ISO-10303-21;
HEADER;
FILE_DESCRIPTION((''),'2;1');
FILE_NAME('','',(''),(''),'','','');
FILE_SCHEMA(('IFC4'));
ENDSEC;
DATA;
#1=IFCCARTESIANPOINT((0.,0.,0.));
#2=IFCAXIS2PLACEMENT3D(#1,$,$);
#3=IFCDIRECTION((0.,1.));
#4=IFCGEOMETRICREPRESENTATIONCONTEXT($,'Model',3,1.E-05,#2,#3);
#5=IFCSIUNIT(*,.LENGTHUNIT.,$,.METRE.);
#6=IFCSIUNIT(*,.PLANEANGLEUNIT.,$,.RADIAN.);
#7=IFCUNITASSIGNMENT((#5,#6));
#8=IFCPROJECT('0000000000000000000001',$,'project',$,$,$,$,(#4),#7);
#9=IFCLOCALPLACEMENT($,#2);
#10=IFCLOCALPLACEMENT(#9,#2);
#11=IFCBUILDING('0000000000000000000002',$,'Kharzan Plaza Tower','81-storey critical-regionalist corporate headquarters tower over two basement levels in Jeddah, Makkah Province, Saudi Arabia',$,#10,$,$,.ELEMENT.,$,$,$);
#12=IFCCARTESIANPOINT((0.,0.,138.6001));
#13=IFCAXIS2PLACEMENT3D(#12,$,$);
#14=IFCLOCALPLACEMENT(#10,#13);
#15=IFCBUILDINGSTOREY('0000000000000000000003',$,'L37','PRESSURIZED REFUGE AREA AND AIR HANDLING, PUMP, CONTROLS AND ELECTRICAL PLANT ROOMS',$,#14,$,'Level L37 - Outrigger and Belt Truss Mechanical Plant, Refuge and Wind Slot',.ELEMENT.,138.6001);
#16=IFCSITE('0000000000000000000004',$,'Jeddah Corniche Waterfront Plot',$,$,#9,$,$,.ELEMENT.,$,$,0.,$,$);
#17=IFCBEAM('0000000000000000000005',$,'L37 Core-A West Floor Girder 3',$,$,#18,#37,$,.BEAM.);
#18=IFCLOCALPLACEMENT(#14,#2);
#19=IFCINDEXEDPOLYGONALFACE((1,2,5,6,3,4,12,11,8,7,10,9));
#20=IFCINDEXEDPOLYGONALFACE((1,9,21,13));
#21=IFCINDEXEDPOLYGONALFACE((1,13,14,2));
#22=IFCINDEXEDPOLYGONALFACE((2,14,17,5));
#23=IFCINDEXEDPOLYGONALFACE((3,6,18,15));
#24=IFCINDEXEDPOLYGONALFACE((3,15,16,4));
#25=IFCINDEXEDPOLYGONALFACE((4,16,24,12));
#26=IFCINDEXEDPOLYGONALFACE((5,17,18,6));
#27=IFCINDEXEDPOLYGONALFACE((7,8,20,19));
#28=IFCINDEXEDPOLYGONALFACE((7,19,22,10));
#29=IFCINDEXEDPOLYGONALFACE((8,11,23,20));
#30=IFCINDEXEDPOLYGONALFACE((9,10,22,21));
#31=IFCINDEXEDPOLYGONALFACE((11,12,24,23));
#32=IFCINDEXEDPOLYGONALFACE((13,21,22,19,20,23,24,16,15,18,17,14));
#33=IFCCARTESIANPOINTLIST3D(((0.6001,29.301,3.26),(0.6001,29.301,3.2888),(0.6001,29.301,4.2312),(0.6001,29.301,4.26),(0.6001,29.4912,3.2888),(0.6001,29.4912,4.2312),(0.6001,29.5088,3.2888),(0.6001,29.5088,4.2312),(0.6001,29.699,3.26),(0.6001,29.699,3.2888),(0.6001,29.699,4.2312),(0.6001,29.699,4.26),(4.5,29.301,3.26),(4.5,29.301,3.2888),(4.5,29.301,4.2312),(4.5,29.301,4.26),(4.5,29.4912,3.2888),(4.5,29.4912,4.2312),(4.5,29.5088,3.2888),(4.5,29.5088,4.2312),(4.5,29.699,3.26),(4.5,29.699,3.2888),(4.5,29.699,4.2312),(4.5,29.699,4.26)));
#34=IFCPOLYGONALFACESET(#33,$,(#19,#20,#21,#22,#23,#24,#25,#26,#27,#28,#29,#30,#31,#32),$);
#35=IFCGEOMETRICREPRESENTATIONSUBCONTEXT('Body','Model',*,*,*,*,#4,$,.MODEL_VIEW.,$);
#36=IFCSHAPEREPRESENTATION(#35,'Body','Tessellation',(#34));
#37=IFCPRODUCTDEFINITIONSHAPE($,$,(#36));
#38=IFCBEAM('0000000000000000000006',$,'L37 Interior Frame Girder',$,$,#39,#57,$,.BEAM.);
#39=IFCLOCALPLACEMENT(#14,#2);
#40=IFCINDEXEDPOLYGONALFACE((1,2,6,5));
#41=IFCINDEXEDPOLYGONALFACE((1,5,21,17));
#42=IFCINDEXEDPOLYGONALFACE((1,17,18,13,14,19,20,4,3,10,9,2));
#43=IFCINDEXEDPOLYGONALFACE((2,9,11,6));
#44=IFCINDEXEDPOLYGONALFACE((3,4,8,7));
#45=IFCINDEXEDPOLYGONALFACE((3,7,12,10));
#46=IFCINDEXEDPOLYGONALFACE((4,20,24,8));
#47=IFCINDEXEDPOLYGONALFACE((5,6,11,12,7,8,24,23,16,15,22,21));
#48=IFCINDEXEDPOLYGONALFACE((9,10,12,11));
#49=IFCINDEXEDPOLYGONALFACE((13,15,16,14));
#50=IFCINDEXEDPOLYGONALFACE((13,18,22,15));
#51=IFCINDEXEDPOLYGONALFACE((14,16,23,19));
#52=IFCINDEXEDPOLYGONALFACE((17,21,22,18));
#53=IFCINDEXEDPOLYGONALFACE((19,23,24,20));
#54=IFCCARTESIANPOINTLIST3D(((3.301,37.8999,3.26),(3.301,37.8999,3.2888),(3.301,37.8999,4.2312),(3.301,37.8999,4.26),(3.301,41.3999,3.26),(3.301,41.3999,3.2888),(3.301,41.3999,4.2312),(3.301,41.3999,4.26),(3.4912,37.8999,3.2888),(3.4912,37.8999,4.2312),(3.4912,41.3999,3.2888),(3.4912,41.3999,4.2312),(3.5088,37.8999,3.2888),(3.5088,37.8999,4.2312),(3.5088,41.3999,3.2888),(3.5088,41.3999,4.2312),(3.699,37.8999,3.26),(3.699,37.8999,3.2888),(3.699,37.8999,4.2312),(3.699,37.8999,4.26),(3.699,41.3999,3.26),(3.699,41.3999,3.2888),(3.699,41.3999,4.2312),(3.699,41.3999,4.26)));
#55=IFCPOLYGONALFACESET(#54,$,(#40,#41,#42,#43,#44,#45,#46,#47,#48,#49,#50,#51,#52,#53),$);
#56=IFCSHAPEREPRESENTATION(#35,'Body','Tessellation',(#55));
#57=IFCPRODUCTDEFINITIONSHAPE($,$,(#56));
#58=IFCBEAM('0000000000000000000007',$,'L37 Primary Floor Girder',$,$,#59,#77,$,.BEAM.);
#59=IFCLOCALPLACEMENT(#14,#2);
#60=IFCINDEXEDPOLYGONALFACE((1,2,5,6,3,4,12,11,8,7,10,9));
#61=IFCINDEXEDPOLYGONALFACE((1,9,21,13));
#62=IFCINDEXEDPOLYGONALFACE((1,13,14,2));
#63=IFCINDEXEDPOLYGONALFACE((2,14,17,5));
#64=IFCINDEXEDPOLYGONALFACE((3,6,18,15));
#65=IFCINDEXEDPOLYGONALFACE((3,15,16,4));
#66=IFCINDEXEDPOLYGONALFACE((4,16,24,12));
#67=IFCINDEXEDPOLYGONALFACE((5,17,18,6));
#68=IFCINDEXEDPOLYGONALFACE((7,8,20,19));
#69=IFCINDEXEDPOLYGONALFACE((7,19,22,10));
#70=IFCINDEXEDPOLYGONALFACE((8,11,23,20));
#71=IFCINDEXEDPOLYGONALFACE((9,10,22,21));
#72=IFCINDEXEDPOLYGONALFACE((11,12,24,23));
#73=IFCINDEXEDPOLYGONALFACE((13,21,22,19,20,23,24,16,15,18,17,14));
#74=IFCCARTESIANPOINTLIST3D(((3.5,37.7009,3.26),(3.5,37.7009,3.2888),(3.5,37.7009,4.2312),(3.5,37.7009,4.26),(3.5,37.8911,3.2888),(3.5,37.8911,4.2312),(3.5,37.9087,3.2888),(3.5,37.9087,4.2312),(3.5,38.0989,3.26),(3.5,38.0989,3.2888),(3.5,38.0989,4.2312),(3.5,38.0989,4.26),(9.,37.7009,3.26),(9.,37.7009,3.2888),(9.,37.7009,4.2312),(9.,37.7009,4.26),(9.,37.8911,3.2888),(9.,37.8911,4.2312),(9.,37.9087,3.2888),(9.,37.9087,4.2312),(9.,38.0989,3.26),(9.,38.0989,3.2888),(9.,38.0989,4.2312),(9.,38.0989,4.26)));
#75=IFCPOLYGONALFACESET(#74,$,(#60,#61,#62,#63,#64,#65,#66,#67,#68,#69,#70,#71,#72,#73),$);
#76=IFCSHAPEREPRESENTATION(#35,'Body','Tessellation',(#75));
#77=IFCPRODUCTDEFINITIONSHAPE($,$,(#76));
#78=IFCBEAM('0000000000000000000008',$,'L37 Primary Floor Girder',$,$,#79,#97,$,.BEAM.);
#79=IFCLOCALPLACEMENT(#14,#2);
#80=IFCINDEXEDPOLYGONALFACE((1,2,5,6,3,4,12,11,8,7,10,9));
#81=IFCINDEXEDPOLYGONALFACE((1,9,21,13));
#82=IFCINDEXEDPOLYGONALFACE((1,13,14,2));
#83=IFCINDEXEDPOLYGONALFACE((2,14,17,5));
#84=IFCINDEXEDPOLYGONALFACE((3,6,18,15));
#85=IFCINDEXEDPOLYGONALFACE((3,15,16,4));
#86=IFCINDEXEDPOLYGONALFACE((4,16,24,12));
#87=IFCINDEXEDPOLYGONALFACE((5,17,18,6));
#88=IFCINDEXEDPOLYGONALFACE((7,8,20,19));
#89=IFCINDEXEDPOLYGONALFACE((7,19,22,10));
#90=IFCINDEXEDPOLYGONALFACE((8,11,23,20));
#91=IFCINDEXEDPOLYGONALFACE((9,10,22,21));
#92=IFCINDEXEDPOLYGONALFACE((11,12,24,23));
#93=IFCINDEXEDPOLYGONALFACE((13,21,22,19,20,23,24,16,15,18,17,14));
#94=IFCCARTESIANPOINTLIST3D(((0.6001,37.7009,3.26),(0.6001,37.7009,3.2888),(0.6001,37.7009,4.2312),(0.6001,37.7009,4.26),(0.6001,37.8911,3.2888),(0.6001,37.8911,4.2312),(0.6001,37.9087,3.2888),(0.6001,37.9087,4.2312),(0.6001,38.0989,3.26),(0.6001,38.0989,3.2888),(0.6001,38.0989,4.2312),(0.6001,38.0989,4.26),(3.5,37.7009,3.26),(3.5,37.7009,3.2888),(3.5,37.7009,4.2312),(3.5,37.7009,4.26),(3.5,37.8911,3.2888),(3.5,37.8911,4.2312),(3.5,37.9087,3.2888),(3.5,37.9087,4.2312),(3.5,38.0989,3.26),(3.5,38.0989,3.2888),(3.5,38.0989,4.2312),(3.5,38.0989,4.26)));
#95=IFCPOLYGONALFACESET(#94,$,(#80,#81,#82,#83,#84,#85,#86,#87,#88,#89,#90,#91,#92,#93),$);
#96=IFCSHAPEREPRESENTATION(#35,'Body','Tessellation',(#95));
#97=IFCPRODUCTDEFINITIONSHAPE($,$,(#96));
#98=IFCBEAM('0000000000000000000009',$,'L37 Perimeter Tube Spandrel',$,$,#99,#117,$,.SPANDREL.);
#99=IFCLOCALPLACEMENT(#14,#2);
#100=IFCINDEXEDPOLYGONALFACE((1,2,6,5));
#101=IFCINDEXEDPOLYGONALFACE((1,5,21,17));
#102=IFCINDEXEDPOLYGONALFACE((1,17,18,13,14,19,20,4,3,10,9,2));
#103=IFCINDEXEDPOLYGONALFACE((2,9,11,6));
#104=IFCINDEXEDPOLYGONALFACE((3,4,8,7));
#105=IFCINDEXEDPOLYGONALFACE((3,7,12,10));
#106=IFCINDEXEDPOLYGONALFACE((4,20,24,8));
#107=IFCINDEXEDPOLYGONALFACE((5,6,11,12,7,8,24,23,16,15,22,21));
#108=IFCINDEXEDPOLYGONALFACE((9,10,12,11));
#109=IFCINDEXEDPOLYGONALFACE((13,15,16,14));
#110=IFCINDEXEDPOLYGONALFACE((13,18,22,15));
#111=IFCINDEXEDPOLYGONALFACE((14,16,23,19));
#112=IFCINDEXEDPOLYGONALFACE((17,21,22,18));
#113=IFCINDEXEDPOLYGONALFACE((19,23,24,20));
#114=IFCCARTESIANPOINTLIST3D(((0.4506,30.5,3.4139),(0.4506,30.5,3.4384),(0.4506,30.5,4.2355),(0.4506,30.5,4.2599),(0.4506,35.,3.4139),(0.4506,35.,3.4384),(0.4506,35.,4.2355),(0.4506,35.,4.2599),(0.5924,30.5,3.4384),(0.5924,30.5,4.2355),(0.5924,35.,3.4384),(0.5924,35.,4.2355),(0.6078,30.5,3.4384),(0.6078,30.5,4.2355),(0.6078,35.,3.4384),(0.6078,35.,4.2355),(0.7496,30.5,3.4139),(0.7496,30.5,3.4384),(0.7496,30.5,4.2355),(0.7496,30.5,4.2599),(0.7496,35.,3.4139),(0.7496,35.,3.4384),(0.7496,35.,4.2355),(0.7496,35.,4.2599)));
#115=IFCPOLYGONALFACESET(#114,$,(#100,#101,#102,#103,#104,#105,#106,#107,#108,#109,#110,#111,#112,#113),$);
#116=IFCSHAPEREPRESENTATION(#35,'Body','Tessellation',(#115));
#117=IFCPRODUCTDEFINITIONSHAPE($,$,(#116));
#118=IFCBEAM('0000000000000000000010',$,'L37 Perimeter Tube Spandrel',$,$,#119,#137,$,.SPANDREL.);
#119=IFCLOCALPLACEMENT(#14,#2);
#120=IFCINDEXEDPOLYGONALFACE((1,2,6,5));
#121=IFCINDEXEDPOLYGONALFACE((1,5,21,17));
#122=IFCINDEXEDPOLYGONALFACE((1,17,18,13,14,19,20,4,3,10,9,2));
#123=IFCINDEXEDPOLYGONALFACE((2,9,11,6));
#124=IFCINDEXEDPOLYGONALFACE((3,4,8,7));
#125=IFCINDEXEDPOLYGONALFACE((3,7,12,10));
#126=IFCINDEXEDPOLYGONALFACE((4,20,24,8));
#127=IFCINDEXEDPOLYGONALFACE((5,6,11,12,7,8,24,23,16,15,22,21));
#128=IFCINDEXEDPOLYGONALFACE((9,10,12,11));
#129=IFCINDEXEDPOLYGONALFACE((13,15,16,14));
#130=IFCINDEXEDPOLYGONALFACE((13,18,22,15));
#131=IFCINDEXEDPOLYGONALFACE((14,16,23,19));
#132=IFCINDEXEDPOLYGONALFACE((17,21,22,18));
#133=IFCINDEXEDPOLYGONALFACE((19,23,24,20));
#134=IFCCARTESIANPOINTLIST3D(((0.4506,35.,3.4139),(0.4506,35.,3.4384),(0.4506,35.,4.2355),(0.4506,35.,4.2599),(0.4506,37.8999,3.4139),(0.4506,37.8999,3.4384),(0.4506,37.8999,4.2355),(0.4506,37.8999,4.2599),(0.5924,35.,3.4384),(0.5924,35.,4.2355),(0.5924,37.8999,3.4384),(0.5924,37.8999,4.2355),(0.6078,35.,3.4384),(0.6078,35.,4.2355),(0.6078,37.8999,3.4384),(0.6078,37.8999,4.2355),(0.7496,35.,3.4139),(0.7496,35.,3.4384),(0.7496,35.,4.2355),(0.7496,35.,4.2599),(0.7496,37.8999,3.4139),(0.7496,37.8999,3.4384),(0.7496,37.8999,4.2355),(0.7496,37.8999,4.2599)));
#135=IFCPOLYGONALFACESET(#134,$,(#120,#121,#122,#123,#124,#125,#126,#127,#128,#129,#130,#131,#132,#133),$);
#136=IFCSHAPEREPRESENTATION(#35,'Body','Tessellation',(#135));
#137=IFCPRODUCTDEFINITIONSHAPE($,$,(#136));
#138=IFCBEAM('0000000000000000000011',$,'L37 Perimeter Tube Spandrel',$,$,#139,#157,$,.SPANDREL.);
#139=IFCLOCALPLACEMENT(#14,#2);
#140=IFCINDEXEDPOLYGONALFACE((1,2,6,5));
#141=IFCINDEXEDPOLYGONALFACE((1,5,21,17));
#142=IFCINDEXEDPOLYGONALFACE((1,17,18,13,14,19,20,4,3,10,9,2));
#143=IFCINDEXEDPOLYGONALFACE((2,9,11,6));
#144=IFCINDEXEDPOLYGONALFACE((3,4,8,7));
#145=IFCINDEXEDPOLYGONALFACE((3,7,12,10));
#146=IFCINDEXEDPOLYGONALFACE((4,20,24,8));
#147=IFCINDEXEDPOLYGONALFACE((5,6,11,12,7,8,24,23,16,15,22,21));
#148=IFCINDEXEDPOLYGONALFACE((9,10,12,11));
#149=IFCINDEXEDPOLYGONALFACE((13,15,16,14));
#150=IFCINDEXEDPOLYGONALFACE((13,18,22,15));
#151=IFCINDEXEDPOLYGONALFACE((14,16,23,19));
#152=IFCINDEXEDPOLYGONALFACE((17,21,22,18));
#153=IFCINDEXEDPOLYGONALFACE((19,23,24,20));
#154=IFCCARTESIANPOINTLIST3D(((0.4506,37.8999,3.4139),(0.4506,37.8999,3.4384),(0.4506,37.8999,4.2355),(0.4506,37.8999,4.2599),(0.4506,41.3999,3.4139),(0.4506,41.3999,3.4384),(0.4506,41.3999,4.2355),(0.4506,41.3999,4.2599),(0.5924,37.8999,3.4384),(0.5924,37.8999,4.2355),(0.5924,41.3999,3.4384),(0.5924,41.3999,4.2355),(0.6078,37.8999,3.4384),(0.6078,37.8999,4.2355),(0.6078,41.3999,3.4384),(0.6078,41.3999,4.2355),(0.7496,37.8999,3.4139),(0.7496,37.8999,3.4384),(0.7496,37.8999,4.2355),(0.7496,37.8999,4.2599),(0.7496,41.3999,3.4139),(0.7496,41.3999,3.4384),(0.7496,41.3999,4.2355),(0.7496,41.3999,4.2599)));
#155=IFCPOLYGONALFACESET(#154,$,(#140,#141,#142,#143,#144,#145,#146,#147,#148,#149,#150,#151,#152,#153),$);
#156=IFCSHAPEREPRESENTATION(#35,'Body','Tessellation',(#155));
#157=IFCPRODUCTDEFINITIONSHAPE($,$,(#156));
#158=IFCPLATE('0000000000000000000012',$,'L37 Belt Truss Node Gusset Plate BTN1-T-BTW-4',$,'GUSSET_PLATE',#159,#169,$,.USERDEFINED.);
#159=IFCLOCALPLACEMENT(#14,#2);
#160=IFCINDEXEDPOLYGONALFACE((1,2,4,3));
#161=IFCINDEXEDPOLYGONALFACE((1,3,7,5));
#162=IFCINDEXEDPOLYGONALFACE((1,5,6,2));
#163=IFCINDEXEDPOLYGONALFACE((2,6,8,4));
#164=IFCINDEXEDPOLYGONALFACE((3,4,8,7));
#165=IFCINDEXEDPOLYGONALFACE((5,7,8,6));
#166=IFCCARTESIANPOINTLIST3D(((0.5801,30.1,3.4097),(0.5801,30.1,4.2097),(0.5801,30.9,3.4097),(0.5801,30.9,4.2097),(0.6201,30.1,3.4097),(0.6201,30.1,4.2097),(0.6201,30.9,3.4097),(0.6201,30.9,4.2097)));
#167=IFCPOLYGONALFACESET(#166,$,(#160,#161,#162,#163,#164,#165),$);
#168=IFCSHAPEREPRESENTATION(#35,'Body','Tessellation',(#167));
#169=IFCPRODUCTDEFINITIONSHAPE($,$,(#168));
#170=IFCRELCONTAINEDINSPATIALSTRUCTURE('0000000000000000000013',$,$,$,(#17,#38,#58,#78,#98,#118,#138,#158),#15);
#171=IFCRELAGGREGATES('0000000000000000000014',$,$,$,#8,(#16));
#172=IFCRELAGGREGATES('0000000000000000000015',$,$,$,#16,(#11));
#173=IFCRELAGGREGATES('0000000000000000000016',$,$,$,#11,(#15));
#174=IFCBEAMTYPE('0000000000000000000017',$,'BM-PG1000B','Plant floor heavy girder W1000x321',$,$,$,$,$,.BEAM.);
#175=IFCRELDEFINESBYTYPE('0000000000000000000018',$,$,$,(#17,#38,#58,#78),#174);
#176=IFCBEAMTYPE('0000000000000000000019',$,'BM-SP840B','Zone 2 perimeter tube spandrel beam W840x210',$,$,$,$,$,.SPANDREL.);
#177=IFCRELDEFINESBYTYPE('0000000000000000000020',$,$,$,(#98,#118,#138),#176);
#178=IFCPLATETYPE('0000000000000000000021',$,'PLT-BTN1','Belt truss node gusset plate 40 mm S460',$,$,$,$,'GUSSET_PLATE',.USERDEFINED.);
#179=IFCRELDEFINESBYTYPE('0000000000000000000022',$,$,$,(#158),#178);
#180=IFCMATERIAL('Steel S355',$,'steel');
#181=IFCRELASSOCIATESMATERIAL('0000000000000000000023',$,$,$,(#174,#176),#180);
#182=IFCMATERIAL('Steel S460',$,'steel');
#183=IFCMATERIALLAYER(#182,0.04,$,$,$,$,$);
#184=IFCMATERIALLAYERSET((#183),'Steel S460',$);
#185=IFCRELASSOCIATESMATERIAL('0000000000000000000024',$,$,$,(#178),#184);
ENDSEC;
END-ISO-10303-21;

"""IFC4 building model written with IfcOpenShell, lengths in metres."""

from ifc_helpers import new_model, si_unit, direction, frame, origin, origin_2d, place, context, subcontext, project, spatial, rectangle, i_section, extrude, source, transform, mapped, material, layer, layer_set, material_profile, profile_set, type_object, element, save


model = new_model("IFC4")

# Units and contexts
model_context = context("Model", 3, precision=1e-05, world=origin(), true_north=direction((0.0, 1.0)))
body_context = subcontext(model_context, "Body", "Model", "MODEL_VIEW")
ifc_project = project(units=[si_unit("LENGTHUNIT", "METRE"), si_unit("PLANEANGLEUNIT", "RADIAN")], contexts=[model_context])

# Site, building, storey
site_placement = place(None, origin())
site = spatial("IfcSite", under=ifc_project, at=site_placement, Name="Jeddah Corniche Waterfront Plot", CompositionType="ELEMENT", RefElevation=0.0)
building_placement = place(site_placement, origin())
building = spatial("IfcBuilding", under=site, at=building_placement, Name="Kharzan Plaza Tower", Description="81-storey critical-regionalist corporate headquarters tower over two basement levels in Jeddah, Makkah Province, Saudi Arabia", CompositionType="ELEMENT")
storey_placement = place(building_placement, frame((0.0, 0.0, 138.6001)))
storey = spatial("IfcBuildingStorey", under=building, at=storey_placement, Name="L37", Description="PRESSURIZED REFUGE AREA AND AIR HANDLING, PUMP, CONTROLS AND ELECTRICAL PLANT ROOMS", LongName="Level L37 - Outrigger and Belt Truss Mechanical Plant, Refuge and Wind Slot", CompositionType="ELEMENT", Elevation=138.6001)

# Beams
ifc_material_1 = material(Name="Steel S355", Category="steel")
ifc_material_profile_1 = material_profile(ifc_material_1, i_section(OverallWidth=0.3979, OverallDepth=1.0, WebThickness=0.0176, FlangeThickness=0.0288, at=origin_2d()), Name="W1000x321")
ifc_profile_set_1 = profile_set([ifc_material_profile_1], Name="Steel S355")
beam_type_1 = type_object("IfcBeamType", Name="BM-PG1000B", Description="Plant floor heavy girder W1000x321", PredefinedType="BEAM", material=ifc_profile_set_1)
shared_shape_1 = source(origin(), body_context, "Body", "SweptSolid", [
    extrude(i_section(OverallWidth=0.3979, OverallDepth=1.0, WebThickness=0.0176, FlangeThickness=0.0288, at=origin_2d()), origin(), (0.0, 0.0, 1.0), 3.8999),
])
beam_1_placement = place(storey_placement, frame((0.6001, 29.5, 3.76), z_axis=(1.0, 0.0, 0.0), x_axis=(0.0, 1.0, 0.0)))
element("IfcBeam", 1, at=beam_1_placement, inside=storey, type_object=beam_type_1, Name="L37 Core-A West Floor Girder 3", PredefinedType="BEAM", context=body_context, shape_type="MappedRepresentation", body=[
    mapped(shared_shape_1, transform((0.0, 0.0, 0.0), x_axis=(1.0, 0.0, 0.0), y_axis=(0.0, 1.0, 0.0), z_axis=(0.0, 0.0, 1.0))),
])
shared_shape_2 = source(origin(), body_context, "Body", "SweptSolid", [
    extrude(i_section(OverallWidth=0.3979, OverallDepth=1.0, WebThickness=0.0176, FlangeThickness=0.0288, at=origin_2d()), origin(), (0.0, 0.0, 1.0), 3.5),
])
beam_2_placement = place(storey_placement, frame((3.5, 37.8999, 3.76), z_axis=(0.0, 1.0, 0.0), x_axis=(-1.0, 0.0, 0.0)))
element("IfcBeam", 2, at=beam_2_placement, inside=storey, type_object=beam_type_1, Name="L37 Interior Frame Girder", PredefinedType="BEAM", context=body_context, shape_type="MappedRepresentation", body=[
    mapped(shared_shape_2, transform((0.0, 0.0, 0.0), x_axis=(1.0, 0.0, 0.0), y_axis=(0.0, 1.0, 0.0), z_axis=(0.0, 0.0, 1.0))),
])
shared_shape_3 = source(origin(), body_context, "Body", "SweptSolid", [
    extrude(i_section(OverallWidth=0.3979, OverallDepth=1.0, WebThickness=0.0176, FlangeThickness=0.0288, at=origin_2d()), origin(), (0.0, 0.0, 1.0), 5.5),
])
beam_3_placement = place(storey_placement, frame((3.5, 37.8999, 3.76), z_axis=(1.0, 0.0, 0.0), x_axis=(0.0, 1.0, 0.0)))
element("IfcBeam", 3, at=beam_3_placement, inside=storey, type_object=beam_type_1, Name="L37 Primary Floor Girder", PredefinedType="BEAM", context=body_context, shape_type="MappedRepresentation", body=[
    mapped(shared_shape_3, transform((0.0, 0.0, 0.0), x_axis=(1.0, 0.0, 0.0), y_axis=(0.0, 1.0, 0.0), z_axis=(0.0, 0.0, 1.0))),
])
shared_shape_4 = source(origin(), body_context, "Body", "SweptSolid", [
    extrude(i_section(OverallWidth=0.3979, OverallDepth=1.0, WebThickness=0.0176, FlangeThickness=0.0288, at=origin_2d()), origin(), (0.0, 0.0, 1.0), 2.8999),
])
beam_4_placement = place(storey_placement, frame((0.6001, 37.8999, 3.76), z_axis=(1.0, 0.0, 0.0), x_axis=(0.0, 1.0, 0.0)))
element("IfcBeam", 4, at=beam_4_placement, inside=storey, type_object=beam_type_1, Name="L37 Primary Floor Girder", PredefinedType="BEAM", context=body_context, shape_type="MappedRepresentation", body=[
    mapped(shared_shape_4, transform((0.0, 0.0, 0.0), x_axis=(1.0, 0.0, 0.0), y_axis=(0.0, 1.0, 0.0), z_axis=(0.0, 0.0, 1.0))),
])
ifc_material_profile_2 = material_profile(ifc_material_1, i_section(OverallWidth=0.2991, OverallDepth=0.8459, WebThickness=0.0154, FlangeThickness=0.0244, at=origin_2d()), Name="W840x210")
ifc_profile_set_2 = profile_set([ifc_material_profile_2], Name="Steel S355")
beam_type_2 = type_object("IfcBeamType", Name="BM-SP840B", Description="Zone 2 perimeter tube spandrel beam W840x210", PredefinedType="SPANDREL", material=ifc_profile_set_2)
shared_shape_5 = source(origin(), body_context, "Body", "SweptSolid", [
    extrude(i_section(OverallWidth=0.2991, OverallDepth=0.8459, WebThickness=0.0154, FlangeThickness=0.0244, at=origin_2d()), origin(), (0.0, 0.0, 1.0), 4.5),
])
beam_5_placement = place(storey_placement, frame((0.6001, 30.5, 3.8369), z_axis=(0.0, 1.0, 0.0), x_axis=(-1.0, 0.0, 0.0)))
element("IfcBeam", 5, at=beam_5_placement, inside=storey, type_object=beam_type_2, Name="L37 Perimeter Tube Spandrel", PredefinedType="SPANDREL", context=body_context, shape_type="MappedRepresentation", body=[
    mapped(shared_shape_5, transform((0.0, 0.0, 0.0), x_axis=(1.0, 0.0, 0.0), y_axis=(0.0, 1.0, 0.0), z_axis=(0.0, 0.0, 1.0))),
])
shared_shape_6 = source(origin(), body_context, "Body", "SweptSolid", [
    extrude(i_section(OverallWidth=0.2991, OverallDepth=0.8459, WebThickness=0.0154, FlangeThickness=0.0244, at=origin_2d()), origin(), (0.0, 0.0, 1.0), 2.8999),
])
beam_6_placement = place(storey_placement, frame((0.6001, 35.0, 3.8369), z_axis=(0.0, 1.0, 0.0), x_axis=(-1.0, 0.0, 0.0)))
element("IfcBeam", 6, at=beam_6_placement, inside=storey, type_object=beam_type_2, Name="L37 Perimeter Tube Spandrel", PredefinedType="SPANDREL", context=body_context, shape_type="MappedRepresentation", body=[
    mapped(shared_shape_6, transform((0.0, 0.0, 0.0), x_axis=(1.0, 0.0, 0.0), y_axis=(0.0, 1.0, 0.0), z_axis=(0.0, 0.0, 1.0))),
])
shared_shape_7 = source(origin(), body_context, "Body", "SweptSolid", [
    extrude(i_section(OverallWidth=0.2991, OverallDepth=0.8459, WebThickness=0.0154, FlangeThickness=0.0244, at=origin_2d()), origin(), (0.0, 0.0, 1.0), 3.5),
])
beam_7_placement = place(storey_placement, frame((0.6001, 37.8999, 3.8369), z_axis=(0.0, 1.0, 0.0), x_axis=(-1.0, 0.0, 0.0)))
element("IfcBeam", 7, at=beam_7_placement, inside=storey, type_object=beam_type_2, Name="L37 Perimeter Tube Spandrel", PredefinedType="SPANDREL", context=body_context, shape_type="MappedRepresentation", body=[
    mapped(shared_shape_7, transform((0.0, 0.0, 0.0), x_axis=(1.0, 0.0, 0.0), y_axis=(0.0, 1.0, 0.0), z_axis=(0.0, 0.0, 1.0))),
])

# Plate
ifc_material_2 = material(Name="Steel S460", Category="steel")
ifc_layer_1 = layer(ifc_material_2, 0.04)
ifc_layer_set_1 = layer_set([ifc_layer_1], Name="Steel S460")
plate_type = type_object("IfcPlateType", Name="PLT-BTN1", Description="Belt truss node gusset plate 40 mm S460", ElementType="GUSSET_PLATE", PredefinedType="USERDEFINED", material=ifc_layer_set_1)
shared_shape_8 = source(origin(), body_context, "Body", "SweptSolid", [
    extrude(rectangle(XDim=0.8, YDim=0.04, at=origin_2d()), origin(), (0.0, 0.0, 1.0), 0.8),
])
plate_placement = place(storey_placement, frame((0.6001, 30.5, 3.4097), z_axis=(0.0, 0.0, 1.0), x_axis=(0.0, 1.0, 0.0)))
element("IfcPlate", 8, at=plate_placement, inside=storey, type_object=plate_type, Name="L37 Belt Truss Node Gusset Plate BTN1-T-BTW-4", ObjectType="GUSSET_PLATE", PredefinedType="USERDEFINED", context=body_context, shape_type="MappedRepresentation", body=[
    mapped(shared_shape_8, transform((0.0, 0.0, 0.0), x_axis=(1.0, 0.0, 0.0), y_axis=(0.0, 1.0, 0.0), z_axis=(0.0, 0.0, 1.0))),
])

save(model, "model.ifc")
